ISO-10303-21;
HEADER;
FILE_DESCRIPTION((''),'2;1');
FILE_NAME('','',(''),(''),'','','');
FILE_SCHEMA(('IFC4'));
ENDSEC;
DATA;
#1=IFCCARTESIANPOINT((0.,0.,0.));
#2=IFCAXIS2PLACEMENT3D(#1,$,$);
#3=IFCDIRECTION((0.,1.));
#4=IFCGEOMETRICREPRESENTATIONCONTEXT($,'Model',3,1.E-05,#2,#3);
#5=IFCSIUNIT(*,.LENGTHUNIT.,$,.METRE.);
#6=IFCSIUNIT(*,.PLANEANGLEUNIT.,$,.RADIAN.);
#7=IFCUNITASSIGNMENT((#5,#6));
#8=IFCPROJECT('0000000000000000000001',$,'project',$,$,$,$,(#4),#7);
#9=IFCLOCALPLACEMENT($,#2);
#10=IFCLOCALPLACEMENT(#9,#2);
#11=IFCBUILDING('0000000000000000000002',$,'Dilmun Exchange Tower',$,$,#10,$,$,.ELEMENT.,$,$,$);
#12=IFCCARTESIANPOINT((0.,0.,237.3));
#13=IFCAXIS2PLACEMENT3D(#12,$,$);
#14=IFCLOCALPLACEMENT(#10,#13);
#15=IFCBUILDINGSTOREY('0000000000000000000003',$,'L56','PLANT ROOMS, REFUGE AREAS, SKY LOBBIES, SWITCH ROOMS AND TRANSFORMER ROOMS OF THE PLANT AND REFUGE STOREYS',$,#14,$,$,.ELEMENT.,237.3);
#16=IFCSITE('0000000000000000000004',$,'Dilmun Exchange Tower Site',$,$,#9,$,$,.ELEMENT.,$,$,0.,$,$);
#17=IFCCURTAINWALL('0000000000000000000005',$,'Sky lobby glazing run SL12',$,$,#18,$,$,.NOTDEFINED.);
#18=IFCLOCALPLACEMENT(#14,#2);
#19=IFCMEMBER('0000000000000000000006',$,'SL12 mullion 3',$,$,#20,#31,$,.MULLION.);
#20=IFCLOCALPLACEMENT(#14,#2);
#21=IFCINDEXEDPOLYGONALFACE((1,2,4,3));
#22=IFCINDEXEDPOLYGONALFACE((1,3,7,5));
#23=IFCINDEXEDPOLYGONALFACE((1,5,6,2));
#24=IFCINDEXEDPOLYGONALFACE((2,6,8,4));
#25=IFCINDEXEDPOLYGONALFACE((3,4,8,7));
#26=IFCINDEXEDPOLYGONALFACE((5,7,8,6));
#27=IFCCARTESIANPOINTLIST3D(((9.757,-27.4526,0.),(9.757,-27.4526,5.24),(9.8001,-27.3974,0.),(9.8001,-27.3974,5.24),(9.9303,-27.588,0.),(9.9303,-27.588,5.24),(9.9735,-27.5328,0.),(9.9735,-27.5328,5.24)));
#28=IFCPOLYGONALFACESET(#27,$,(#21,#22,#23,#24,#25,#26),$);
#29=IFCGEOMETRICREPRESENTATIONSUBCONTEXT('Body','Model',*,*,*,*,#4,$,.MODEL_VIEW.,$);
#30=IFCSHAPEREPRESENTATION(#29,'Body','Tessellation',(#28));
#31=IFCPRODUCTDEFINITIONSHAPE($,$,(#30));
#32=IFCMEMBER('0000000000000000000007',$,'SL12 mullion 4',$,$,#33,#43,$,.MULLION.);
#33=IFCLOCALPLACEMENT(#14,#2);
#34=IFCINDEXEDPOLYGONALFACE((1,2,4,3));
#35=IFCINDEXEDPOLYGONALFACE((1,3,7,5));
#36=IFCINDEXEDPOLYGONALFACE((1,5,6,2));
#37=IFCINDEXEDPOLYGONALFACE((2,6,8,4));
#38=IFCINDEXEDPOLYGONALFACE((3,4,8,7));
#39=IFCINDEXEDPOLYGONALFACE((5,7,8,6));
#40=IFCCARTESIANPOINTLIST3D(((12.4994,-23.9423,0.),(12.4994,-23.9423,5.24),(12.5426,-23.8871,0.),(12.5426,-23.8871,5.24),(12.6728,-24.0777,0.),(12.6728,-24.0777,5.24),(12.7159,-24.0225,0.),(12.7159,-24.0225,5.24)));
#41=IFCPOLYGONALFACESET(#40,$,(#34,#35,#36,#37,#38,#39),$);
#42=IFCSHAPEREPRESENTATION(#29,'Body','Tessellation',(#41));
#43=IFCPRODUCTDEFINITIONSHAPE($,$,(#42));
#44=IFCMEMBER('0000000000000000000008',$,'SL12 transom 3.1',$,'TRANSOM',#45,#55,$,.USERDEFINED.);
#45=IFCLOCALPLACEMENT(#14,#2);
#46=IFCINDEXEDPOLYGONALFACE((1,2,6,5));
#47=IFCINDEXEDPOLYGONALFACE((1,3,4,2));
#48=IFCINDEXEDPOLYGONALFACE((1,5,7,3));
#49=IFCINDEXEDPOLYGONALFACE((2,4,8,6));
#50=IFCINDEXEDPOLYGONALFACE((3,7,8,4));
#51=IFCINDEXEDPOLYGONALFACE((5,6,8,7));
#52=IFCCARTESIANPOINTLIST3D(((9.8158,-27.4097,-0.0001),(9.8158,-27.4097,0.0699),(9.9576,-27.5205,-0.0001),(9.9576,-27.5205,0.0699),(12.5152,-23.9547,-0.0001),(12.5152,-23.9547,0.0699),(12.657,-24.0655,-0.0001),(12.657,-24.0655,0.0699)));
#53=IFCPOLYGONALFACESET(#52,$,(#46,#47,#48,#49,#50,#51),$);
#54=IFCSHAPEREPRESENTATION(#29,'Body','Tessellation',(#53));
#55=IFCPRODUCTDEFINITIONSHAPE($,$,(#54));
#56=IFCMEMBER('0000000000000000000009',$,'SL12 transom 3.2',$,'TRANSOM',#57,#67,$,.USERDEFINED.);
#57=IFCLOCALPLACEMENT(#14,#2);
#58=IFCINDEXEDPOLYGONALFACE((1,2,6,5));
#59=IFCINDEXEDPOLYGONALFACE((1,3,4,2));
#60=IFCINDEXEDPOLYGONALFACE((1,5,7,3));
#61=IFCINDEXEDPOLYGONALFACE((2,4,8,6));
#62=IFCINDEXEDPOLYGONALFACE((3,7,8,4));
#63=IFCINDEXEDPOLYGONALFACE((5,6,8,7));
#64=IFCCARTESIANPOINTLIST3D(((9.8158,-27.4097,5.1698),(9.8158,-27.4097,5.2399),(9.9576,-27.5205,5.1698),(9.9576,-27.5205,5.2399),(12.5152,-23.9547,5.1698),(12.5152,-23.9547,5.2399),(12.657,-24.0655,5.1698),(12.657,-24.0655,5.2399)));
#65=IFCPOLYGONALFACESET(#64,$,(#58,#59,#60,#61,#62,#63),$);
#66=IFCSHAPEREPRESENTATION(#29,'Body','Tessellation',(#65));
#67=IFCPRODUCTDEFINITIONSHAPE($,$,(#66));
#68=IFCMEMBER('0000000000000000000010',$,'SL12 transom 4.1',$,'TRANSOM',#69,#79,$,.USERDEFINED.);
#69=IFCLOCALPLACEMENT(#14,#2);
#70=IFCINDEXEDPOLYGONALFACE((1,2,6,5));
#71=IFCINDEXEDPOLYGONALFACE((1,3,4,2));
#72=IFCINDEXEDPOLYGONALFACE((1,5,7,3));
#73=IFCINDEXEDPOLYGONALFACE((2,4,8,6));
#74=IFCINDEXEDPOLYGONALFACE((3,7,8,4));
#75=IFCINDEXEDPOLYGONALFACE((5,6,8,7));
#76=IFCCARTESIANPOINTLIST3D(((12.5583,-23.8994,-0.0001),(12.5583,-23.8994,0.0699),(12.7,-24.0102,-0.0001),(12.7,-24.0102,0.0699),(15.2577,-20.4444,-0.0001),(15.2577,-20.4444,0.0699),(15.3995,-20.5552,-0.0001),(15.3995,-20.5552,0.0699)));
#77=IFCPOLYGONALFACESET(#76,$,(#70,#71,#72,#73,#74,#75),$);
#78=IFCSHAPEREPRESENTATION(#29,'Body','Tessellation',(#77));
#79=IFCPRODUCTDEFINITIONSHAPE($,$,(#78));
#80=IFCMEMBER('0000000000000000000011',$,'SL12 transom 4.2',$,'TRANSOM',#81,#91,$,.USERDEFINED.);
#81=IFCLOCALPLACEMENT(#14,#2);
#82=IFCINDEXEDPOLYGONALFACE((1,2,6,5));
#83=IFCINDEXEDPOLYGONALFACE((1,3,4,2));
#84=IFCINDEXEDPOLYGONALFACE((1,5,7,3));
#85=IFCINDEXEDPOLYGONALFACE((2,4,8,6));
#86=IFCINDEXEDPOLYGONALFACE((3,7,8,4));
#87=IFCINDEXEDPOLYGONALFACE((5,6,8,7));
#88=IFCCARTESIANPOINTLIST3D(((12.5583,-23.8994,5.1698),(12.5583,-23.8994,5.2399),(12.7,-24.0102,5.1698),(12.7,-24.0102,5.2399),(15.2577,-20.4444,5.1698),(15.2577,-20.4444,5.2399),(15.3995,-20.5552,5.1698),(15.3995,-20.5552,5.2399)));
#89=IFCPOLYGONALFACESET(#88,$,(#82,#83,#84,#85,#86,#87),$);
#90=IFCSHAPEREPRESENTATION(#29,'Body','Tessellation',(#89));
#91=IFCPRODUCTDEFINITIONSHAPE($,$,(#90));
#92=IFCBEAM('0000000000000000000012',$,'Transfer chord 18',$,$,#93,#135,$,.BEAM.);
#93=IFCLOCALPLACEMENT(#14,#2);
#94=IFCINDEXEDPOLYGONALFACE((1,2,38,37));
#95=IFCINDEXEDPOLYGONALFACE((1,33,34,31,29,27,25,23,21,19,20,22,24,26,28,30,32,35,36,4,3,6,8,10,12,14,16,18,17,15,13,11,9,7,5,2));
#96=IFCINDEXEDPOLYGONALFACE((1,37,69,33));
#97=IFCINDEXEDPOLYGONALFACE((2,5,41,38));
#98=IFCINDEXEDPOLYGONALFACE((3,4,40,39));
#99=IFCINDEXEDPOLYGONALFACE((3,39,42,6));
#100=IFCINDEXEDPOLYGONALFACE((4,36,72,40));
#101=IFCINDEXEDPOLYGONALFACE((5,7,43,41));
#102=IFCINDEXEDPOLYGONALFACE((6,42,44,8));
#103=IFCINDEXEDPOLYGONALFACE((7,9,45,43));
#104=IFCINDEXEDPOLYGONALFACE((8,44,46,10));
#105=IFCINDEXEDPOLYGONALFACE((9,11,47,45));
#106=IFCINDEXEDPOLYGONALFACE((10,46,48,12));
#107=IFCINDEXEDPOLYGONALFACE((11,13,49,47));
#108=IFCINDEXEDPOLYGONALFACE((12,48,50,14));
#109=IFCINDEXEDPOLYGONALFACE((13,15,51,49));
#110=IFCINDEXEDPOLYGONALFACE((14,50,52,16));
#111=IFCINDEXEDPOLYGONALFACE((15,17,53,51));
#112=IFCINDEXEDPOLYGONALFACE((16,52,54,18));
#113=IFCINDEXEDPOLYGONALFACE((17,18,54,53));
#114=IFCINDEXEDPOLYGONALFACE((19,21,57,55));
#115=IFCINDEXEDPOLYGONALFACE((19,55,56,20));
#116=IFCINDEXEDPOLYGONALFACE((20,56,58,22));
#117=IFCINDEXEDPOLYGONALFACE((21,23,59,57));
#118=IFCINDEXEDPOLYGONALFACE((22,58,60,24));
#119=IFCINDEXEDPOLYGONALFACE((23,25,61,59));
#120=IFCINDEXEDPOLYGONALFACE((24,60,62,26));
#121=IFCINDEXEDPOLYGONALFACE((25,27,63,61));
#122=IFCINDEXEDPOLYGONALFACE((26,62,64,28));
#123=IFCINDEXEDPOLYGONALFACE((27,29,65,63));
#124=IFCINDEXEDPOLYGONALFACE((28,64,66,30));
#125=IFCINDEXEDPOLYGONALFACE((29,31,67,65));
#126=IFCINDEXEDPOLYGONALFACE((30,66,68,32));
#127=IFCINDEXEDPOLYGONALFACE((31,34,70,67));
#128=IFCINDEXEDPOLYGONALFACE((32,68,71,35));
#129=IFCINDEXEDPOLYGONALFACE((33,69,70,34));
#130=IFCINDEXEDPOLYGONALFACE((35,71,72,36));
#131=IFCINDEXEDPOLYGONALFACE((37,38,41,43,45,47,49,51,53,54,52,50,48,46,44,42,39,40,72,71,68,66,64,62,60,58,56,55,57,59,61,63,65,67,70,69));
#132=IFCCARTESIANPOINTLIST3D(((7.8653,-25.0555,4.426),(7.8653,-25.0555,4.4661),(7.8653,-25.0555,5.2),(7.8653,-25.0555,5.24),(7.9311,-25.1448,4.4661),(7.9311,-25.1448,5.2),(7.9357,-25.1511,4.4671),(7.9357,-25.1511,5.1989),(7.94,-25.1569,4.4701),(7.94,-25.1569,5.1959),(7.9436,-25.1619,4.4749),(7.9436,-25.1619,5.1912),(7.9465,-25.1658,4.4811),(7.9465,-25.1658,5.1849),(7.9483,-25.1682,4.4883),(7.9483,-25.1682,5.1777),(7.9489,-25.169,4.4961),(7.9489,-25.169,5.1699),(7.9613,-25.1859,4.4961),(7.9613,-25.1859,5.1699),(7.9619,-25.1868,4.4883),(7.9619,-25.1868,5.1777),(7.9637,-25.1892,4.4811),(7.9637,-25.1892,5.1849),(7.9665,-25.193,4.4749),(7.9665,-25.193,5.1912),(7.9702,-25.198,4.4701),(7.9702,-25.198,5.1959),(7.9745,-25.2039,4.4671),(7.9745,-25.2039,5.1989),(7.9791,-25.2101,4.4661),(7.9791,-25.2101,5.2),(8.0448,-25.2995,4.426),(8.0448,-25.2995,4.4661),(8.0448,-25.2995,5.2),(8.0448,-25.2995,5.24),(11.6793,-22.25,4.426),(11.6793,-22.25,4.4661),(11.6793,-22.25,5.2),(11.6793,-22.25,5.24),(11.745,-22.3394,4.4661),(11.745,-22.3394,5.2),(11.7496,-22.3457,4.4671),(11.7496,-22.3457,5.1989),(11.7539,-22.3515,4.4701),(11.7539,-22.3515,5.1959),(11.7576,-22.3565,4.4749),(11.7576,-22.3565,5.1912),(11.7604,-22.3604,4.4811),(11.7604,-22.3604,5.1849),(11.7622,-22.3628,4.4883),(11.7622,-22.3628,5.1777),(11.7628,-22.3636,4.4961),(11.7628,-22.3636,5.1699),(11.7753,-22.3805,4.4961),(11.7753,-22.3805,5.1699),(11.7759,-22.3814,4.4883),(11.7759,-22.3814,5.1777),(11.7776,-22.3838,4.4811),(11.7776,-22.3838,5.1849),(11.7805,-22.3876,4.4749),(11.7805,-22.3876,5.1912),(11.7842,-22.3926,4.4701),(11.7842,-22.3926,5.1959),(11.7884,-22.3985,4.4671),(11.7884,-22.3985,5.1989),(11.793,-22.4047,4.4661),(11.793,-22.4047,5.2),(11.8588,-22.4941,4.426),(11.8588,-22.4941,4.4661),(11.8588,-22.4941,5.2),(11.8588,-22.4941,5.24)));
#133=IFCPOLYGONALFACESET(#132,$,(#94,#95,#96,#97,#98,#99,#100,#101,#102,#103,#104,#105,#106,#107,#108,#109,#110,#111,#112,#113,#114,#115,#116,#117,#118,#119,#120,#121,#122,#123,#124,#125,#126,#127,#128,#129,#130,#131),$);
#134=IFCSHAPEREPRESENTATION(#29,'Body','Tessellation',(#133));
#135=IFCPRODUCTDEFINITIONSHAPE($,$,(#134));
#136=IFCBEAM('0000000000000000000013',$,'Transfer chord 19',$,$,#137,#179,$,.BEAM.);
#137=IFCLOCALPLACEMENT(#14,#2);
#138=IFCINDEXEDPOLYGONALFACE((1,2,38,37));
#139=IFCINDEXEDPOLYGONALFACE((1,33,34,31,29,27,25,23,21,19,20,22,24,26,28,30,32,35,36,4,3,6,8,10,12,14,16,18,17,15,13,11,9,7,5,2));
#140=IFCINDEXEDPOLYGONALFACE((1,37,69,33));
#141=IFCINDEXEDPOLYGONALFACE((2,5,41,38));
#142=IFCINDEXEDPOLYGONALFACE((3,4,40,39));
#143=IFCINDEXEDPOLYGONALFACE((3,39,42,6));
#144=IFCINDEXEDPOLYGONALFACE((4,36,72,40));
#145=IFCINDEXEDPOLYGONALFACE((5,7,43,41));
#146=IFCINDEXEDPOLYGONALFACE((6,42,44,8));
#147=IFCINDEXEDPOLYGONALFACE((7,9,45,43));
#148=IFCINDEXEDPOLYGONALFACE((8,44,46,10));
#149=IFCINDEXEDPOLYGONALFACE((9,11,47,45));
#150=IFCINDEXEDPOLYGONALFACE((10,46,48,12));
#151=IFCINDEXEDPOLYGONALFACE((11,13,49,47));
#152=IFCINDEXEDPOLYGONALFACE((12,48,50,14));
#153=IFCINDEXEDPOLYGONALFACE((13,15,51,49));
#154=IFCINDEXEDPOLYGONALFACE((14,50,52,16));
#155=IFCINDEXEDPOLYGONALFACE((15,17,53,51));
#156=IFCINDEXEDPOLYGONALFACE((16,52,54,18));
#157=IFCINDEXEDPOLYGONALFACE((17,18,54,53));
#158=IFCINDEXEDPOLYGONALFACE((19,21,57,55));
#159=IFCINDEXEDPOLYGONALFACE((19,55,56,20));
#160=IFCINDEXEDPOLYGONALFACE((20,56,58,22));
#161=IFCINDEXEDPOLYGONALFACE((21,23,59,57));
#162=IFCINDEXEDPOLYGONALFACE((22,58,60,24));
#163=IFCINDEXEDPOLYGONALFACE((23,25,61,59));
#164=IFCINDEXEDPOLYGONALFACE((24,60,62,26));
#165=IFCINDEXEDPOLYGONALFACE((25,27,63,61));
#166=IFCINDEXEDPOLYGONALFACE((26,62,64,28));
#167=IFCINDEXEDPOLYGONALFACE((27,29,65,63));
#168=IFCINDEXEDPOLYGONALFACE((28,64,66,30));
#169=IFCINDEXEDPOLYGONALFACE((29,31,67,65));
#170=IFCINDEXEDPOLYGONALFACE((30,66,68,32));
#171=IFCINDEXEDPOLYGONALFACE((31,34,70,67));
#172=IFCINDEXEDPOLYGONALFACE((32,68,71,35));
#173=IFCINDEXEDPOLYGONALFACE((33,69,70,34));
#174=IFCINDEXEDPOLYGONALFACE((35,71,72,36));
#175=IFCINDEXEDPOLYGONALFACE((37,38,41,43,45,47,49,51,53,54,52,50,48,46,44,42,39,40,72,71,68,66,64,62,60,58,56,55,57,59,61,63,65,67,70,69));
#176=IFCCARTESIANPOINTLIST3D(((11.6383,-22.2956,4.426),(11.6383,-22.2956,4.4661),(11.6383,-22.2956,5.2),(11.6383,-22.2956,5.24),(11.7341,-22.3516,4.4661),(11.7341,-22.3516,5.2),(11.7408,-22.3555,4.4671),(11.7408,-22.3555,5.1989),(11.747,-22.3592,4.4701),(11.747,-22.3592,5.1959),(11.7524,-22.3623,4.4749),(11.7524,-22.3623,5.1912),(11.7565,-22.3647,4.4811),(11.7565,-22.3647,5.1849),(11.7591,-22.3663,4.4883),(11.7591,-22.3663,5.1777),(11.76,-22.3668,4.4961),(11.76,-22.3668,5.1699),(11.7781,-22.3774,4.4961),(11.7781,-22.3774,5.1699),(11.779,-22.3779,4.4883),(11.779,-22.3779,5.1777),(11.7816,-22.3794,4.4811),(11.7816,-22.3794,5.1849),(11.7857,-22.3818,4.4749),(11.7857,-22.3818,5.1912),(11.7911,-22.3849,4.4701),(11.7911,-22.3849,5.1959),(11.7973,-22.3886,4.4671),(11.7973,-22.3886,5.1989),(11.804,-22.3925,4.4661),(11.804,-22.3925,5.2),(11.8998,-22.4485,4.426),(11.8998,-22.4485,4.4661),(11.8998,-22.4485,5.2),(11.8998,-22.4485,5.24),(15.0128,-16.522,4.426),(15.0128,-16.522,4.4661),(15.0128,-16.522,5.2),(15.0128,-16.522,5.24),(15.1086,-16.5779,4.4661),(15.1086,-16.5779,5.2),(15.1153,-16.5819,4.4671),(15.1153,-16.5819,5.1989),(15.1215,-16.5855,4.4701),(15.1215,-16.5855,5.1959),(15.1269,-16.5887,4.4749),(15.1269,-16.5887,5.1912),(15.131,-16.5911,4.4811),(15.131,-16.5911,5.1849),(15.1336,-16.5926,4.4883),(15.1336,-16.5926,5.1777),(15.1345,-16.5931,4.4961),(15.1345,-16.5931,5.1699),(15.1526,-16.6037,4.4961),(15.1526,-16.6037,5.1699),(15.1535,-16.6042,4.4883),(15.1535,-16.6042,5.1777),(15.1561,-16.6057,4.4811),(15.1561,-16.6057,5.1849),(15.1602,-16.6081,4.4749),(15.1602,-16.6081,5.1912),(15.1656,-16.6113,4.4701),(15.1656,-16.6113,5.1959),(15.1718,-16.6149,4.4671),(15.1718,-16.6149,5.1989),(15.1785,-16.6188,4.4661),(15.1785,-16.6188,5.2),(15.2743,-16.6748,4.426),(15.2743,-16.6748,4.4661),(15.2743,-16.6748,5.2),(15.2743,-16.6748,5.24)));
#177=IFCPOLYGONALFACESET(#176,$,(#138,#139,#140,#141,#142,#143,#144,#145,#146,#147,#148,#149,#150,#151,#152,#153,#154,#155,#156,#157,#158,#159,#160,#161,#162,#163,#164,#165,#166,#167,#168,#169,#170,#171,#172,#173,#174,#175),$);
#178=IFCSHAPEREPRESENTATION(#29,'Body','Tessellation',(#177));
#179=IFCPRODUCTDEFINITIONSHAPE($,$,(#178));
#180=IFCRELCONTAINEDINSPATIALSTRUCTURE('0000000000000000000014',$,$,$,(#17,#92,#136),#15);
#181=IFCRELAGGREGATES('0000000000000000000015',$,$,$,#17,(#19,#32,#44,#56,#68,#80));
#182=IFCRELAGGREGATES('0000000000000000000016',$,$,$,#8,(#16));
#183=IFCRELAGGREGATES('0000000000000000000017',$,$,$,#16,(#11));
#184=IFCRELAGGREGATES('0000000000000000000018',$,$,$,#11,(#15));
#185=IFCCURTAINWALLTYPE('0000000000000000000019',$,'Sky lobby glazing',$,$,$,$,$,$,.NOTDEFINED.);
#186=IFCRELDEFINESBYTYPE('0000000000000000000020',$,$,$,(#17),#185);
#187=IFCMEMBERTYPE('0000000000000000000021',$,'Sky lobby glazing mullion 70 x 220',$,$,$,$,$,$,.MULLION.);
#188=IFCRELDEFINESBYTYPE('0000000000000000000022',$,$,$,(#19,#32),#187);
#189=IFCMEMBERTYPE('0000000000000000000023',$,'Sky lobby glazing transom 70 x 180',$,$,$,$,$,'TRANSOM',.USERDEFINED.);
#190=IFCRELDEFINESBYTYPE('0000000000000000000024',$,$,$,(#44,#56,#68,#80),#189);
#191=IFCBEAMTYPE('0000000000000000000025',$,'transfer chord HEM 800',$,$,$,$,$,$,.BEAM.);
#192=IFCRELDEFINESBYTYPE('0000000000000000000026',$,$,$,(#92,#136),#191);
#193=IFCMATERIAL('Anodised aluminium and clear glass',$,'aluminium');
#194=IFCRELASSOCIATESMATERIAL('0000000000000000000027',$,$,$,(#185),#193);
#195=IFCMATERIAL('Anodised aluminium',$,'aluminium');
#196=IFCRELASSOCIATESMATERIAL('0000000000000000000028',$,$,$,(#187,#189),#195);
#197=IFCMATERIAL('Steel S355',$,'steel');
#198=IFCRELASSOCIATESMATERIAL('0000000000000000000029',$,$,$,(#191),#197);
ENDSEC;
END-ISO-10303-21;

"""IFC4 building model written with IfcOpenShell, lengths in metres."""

from ifc_helpers import new_model, si_unit, direction, frame, origin, origin_2d, place, context, subcontext, project, spatial, rectangle, i_section, extrude, material, material_profile, profile_set, type_object, element, aggregate, save


model = new_model("IFC4")

# Units and contexts
model_context = context("Model", 3, precision=1e-05, world=origin(), true_north=direction((0.0, 1.0)))
body_context = subcontext(model_context, "Body", "Model", "MODEL_VIEW")
ifc_project = project(units=[si_unit("LENGTHUNIT", "METRE"), si_unit("PLANEANGLEUNIT", "RADIAN")], contexts=[model_context])

# Site, building, storey
site_placement = place(None, origin())
site = spatial("IfcSite", under=ifc_project, at=site_placement, Name="Dilmun Exchange Tower Site", CompositionType="ELEMENT", RefElevation=0.0)
building_placement = place(site_placement, origin())
building = spatial("IfcBuilding", under=site, at=building_placement, Name="Dilmun Exchange Tower", CompositionType="ELEMENT")
storey_placement = place(building_placement, frame((0.0, 0.0, 237.3)))
storey = spatial("IfcBuildingStorey", under=building, at=storey_placement, Name="L56", Description="PLANT ROOMS, REFUGE AREAS, SKY LOBBIES, SWITCH ROOMS AND TRANSFORMER ROOMS OF THE PLANT AND REFUGE STOREYS", CompositionType="ELEMENT", Elevation=237.3)

# Curtain wall, members
ifc_material_1 = material(Name="Anodised aluminium and clear glass", Category="aluminium")
curtain_wall_type = type_object("IfcCurtainWallType", Name="Sky lobby glazing", PredefinedType="NOTDEFINED", material=ifc_material_1)
curtain_wall_placement = place(storey_placement, origin())
curtain_wall = element("IfcCurtainWall", 1, at=curtain_wall_placement, inside=storey, type_object=curtain_wall_type, Name="Sky lobby glazing run SL12", PredefinedType="NOTDEFINED")
ifc_material_2 = material(Name="Anodised aluminium", Category="aluminium")
ifc_material_profile_1 = material_profile(ifc_material_2, rectangle(XDim=0.22, YDim=0.0701, at=origin_2d()), Name="AL 70x220")
ifc_profile_set_1 = profile_set([ifc_material_profile_1], Name="Anodised aluminium")
member_type_1 = type_object("IfcMemberType", Name="Sky lobby glazing mullion 70 x 220", PredefinedType="MULLION", material=ifc_profile_set_1)
member_1_placement = place(storey_placement, frame((9.8652, -27.4927, 0.0), z_axis=(0.0, 0.0, 1.0), x_axis=(-0.788011, 0.615662, 0.0)))
member_1 = element("IfcMember", 2, at=member_1_placement, type_object=member_type_1, Name="SL12 mullion 3", PredefinedType="MULLION", context=body_context, shape_type="SweptSolid", body=[
    extrude(rectangle(XDim=0.22, YDim=0.0701, at=origin_2d()), origin(), (0.0, 0.0, 1.0), 5.24),
])
member_2_placement = place(storey_placement, frame((12.6077, -23.9824, 0.0), z_axis=(0.0, 0.0, 1.0), x_axis=(-0.788011, 0.615662, 0.0)))
member_2 = element("IfcMember", 3, at=member_2_placement, type_object=member_type_1, Name="SL12 mullion 4", PredefinedType="MULLION", context=body_context, shape_type="SweptSolid", body=[
    extrude(rectangle(XDim=0.22, YDim=0.0701, at=origin_2d()), origin(), (0.0, 0.0, 1.0), 5.24),
])
ifc_material_profile_2 = material_profile(ifc_material_2, rectangle(XDim=0.1799, YDim=0.0701, at=origin_2d()), Name="AL 70x180")
ifc_profile_set_2 = profile_set([ifc_material_profile_2], Name="Anodised aluminium")
member_type_2 = type_object("IfcMemberType", Name="Sky lobby glazing transom 70 x 180", ElementType="TRANSOM", PredefinedType="USERDEFINED", material=ifc_profile_set_2)
member_3_placement = place(storey_placement, frame((9.8867, -27.4651, 0.0349), z_axis=(0.61567, 0.788004, 0.0), x_axis=(-0.788004, 0.61567, 0.0)))
member_3 = element("IfcMember", 4, at=member_3_placement, type_object=member_type_2, Name="SL12 transom 3.1", ObjectType="TRANSOM", PredefinedType="USERDEFINED", context=body_context, shape_type="SweptSolid", body=[
    extrude(rectangle(XDim=0.1799, YDim=0.0701, at=origin_2d()), origin(), (0.0, 0.0, 1.0), 4.3845),
])
member_4_placement = place(storey_placement, frame((9.8867, -27.4651, 5.2048), z_axis=(0.61567, 0.788004, 0.0), x_axis=(-0.788004, 0.61567, 0.0)))
member_4 = element("IfcMember", 5, at=member_4_placement, type_object=member_type_2, Name="SL12 transom 3.2", ObjectType="TRANSOM", PredefinedType="USERDEFINED", context=body_context, shape_type="SweptSolid", body=[
    extrude(rectangle(XDim=0.1799, YDim=0.0701, at=origin_2d()), origin(), (0.0, 0.0, 1.0), 4.3845),
])
member_5_placement = place(storey_placement, frame((12.6292, -23.9548, 0.0349), z_axis=(0.61567, 0.788004, 0.0), x_axis=(-0.788004, 0.61567, 0.0)))
member_5 = element("IfcMember", 6, at=member_5_placement, type_object=member_type_2, Name="SL12 transom 4.1", ObjectType="TRANSOM", PredefinedType="USERDEFINED", context=body_context, shape_type="SweptSolid", body=[
    extrude(rectangle(XDim=0.1799, YDim=0.0701, at=origin_2d()), origin(), (0.0, 0.0, 1.0), 4.3845),
])
member_6_placement = place(storey_placement, frame((12.6292, -23.9548, 5.2048), z_axis=(0.61567, 0.788004, 0.0), x_axis=(-0.788004, 0.61567, 0.0)))
member_6 = element("IfcMember", 7, at=member_6_placement, type_object=member_type_2, Name="SL12 transom 4.2", ObjectType="TRANSOM", PredefinedType="USERDEFINED", context=body_context, shape_type="SweptSolid", body=[
    extrude(rectangle(XDim=0.1799, YDim=0.0701, at=origin_2d()), origin(), (0.0, 0.0, 1.0), 4.3845),
])

# Beams
ifc_material_3 = material(Name="Steel S355", Category="steel")
ifc_material_profile_3 = material_profile(ifc_material_3, i_section(OverallWidth=0.303, OverallDepth=0.814, WebThickness=0.021, FlangeThickness=0.04, FilletRadius=0.03, at=origin_2d()), Name="HEM 800")
ifc_profile_set_3 = profile_set([ifc_material_profile_3], Name="Steel S355")
beam_type = type_object("IfcBeamType", Name="transfer chord HEM 800", PredefinedType="BEAM", material=ifc_profile_set_3)
beam_1_placement = place(storey_placement, frame((7.9551, -25.1775, 4.833), z_axis=(0.805547, 0.592532, 0.0), x_axis=(-0.592532, 0.805547, 0.0)))
element("IfcBeam", 8, at=beam_1_placement, inside=storey, type_object=beam_type, Name="Transfer chord 18", PredefinedType="BEAM", context=body_context, shape_type="SweptSolid", body=[
    extrude(i_section(OverallWidth=0.303, OverallDepth=0.814, WebThickness=0.021, FlangeThickness=0.04, FilletRadius=0.03, at=origin_2d()), origin(), (0.0, 0.0, 1.0), 4.7346),
])
beam_2_placement = place(storey_placement, frame((11.769, -22.3721, 4.833), z_axis=(0.504599, 0.863354, 0.0), x_axis=(-0.863354, 0.504599, 0.0)))
element("IfcBeam", 9, at=beam_2_placement, inside=storey, type_object=beam_type, Name="Transfer chord 19", PredefinedType="BEAM", context=body_context, shape_type="SweptSolid", body=[
    extrude(i_section(OverallWidth=0.303, OverallDepth=0.814, WebThickness=0.021, FlangeThickness=0.04, FilletRadius=0.03, at=origin_2d()), origin(), (0.0, 0.0, 1.0), 6.6875),
])

aggregate(curtain_wall, [member_1, member_2, member_3, member_4, member_5, member_6])

save(model, "model.ifc")
